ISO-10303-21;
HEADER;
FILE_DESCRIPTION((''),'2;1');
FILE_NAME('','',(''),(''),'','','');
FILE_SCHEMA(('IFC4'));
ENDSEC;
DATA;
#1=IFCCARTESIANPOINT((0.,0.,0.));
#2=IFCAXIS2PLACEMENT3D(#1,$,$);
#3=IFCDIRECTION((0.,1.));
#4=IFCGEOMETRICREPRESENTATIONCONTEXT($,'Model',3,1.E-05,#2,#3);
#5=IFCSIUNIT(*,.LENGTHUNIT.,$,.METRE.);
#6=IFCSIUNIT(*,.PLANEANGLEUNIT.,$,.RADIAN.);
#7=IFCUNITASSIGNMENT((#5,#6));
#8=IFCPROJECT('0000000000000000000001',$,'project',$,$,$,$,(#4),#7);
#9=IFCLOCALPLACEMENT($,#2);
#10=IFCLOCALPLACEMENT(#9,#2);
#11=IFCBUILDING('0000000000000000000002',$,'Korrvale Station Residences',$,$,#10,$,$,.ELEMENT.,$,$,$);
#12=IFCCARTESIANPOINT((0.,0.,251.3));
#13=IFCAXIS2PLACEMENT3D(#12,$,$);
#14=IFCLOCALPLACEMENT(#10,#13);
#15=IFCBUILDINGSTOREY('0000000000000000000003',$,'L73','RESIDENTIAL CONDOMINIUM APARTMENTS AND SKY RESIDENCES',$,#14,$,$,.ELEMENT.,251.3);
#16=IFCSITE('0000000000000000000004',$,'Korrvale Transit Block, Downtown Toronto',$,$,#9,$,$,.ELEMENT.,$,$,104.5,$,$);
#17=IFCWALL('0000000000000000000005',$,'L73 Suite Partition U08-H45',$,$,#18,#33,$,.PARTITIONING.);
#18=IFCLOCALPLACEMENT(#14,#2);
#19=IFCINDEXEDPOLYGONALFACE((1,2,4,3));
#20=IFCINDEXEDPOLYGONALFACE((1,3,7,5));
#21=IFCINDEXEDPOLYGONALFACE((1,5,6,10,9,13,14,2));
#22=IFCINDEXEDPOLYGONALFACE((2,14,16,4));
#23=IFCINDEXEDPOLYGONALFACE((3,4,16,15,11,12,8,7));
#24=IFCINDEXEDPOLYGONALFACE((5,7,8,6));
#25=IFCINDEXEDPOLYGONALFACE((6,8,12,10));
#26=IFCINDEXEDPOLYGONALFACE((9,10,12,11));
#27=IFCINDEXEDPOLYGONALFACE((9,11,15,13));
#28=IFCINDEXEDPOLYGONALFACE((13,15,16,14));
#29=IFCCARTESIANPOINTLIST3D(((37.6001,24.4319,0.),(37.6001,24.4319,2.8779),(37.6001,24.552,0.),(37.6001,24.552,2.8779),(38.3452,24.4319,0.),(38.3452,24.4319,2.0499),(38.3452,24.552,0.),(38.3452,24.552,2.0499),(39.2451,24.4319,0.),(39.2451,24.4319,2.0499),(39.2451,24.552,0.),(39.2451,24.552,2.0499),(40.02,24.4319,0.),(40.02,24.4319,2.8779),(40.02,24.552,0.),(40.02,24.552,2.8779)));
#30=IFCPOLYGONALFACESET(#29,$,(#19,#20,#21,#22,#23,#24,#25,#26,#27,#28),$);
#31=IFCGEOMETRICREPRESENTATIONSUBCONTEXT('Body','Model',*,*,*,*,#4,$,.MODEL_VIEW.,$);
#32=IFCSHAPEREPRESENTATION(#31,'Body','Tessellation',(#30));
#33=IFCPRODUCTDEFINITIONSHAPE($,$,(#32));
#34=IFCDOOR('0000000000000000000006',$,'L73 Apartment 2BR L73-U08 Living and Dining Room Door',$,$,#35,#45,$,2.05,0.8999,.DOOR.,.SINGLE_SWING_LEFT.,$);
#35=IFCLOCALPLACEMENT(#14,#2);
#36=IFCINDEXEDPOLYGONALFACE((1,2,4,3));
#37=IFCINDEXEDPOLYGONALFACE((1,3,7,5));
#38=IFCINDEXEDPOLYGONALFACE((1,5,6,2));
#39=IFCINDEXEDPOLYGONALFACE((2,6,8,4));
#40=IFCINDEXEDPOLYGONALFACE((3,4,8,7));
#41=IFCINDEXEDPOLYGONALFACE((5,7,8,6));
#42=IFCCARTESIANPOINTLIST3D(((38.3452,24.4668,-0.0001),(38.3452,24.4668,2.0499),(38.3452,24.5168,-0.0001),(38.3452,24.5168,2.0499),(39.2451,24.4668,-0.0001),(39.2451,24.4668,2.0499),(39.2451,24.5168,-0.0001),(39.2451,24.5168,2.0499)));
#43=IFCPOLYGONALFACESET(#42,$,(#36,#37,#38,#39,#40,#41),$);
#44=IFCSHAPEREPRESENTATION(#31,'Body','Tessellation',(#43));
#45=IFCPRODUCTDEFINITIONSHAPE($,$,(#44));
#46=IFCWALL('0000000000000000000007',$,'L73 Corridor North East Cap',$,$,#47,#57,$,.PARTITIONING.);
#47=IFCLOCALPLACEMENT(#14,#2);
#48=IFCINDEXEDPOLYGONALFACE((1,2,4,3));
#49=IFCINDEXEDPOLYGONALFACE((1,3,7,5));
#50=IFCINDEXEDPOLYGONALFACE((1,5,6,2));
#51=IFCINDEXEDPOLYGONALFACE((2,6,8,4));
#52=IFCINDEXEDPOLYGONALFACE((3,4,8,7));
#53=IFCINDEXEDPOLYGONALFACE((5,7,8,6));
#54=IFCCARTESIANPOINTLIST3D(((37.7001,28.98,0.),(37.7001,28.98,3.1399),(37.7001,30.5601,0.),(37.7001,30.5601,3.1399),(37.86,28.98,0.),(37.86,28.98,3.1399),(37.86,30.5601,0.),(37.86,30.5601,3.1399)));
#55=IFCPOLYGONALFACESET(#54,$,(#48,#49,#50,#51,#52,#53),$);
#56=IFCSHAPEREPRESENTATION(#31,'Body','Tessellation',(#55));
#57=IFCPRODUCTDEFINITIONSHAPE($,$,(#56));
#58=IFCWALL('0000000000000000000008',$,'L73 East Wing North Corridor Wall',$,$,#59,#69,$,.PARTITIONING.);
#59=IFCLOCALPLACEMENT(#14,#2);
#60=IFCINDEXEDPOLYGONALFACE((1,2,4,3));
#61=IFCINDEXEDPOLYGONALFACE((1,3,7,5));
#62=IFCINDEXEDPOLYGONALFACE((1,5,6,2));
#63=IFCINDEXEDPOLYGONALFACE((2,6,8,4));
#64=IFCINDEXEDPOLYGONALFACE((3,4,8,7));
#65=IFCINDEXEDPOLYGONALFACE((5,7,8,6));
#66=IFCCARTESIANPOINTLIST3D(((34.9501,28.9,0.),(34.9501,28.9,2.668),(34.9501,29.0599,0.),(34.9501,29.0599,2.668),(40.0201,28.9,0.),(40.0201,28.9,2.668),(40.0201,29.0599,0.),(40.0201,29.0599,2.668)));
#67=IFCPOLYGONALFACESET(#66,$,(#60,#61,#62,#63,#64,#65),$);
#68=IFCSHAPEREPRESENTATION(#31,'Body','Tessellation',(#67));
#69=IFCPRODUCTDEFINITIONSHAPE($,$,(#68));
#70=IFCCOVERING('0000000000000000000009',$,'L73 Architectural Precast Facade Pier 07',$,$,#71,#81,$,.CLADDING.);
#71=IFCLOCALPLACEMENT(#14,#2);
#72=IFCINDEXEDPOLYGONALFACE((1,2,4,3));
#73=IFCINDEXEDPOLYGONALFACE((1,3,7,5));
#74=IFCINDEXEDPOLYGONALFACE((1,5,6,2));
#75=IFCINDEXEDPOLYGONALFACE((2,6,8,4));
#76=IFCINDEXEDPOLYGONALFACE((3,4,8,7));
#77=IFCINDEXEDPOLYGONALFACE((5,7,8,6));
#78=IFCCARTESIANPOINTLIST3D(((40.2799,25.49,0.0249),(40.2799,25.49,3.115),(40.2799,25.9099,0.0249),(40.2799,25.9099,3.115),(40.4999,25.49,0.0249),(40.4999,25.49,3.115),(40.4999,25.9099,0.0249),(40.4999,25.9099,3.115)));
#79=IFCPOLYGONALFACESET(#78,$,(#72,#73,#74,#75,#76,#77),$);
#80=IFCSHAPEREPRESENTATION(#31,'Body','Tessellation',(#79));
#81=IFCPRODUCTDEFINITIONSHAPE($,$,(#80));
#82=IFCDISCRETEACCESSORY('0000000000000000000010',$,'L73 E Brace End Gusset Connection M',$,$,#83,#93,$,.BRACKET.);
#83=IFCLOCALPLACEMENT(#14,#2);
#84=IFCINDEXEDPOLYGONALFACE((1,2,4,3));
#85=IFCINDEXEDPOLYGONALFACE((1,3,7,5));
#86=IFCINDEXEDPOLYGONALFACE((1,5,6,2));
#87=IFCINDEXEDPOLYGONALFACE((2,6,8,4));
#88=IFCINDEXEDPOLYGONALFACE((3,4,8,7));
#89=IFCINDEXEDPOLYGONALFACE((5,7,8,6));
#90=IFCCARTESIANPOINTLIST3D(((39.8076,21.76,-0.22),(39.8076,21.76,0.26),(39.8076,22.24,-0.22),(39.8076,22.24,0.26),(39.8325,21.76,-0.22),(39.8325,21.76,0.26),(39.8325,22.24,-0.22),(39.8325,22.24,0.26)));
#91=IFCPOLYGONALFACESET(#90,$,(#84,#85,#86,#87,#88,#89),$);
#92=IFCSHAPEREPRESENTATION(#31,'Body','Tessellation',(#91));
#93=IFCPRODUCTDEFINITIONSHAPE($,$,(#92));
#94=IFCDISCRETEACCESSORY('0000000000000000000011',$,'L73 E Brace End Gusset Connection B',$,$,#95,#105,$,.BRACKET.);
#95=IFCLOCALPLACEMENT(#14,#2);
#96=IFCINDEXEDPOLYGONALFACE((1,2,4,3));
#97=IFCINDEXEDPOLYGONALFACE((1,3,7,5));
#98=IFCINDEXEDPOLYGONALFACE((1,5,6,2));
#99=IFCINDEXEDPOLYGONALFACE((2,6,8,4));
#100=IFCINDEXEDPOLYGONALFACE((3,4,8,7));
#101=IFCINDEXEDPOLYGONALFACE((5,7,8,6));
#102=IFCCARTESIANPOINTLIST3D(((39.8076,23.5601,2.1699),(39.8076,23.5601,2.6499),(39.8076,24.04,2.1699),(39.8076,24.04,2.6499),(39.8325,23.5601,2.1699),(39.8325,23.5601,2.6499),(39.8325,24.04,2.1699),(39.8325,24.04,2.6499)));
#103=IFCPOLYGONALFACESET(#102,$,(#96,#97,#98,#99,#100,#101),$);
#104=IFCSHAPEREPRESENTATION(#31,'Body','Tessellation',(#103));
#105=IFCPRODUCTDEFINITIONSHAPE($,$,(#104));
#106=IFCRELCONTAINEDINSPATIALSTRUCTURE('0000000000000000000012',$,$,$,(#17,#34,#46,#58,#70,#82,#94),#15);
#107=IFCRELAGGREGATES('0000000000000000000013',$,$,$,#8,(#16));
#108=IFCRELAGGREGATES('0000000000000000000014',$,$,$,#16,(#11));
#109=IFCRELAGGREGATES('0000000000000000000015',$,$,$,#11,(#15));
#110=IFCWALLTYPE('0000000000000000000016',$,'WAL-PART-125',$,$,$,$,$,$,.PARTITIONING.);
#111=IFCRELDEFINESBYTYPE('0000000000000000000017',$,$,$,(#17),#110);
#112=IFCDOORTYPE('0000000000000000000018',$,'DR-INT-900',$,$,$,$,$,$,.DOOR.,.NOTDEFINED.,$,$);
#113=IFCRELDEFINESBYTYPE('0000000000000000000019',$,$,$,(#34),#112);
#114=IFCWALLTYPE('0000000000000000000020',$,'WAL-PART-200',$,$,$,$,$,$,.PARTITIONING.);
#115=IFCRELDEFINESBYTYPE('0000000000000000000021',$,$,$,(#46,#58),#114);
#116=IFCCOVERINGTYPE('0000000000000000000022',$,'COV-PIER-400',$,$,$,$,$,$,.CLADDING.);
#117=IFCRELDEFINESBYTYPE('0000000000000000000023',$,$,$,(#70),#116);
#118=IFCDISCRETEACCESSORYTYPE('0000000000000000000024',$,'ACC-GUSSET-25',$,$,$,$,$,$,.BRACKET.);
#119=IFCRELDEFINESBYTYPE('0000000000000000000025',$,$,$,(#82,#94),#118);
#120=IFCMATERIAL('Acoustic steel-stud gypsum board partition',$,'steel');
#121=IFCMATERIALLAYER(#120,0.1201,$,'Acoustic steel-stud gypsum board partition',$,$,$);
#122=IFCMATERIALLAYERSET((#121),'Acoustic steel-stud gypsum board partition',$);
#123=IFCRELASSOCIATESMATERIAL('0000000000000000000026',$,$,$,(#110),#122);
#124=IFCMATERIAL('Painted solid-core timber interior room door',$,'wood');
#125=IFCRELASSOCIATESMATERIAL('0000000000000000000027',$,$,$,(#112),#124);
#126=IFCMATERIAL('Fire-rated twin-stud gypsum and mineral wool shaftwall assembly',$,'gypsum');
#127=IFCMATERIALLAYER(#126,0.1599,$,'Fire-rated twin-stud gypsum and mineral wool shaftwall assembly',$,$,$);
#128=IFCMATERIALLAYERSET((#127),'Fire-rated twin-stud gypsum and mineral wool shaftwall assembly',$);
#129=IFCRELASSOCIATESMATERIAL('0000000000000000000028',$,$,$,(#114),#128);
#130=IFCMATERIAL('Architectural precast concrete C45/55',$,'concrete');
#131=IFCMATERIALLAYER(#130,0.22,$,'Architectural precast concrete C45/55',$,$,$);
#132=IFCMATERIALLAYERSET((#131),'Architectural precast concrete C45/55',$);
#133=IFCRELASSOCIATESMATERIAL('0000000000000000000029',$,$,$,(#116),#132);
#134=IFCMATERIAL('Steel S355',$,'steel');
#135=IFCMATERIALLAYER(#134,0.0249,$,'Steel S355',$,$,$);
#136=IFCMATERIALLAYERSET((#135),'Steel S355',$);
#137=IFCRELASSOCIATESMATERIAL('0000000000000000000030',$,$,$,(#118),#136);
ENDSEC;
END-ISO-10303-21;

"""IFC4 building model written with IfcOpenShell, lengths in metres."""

from ifc_helpers import new_model, si_unit, direction, frame, frame_2d, origin, origin_2d, place, context, subcontext, project, spatial, rectangle, extrude, material, layer, layer_set, type_object, element, fill, save


model = new_model("IFC4")

# Units and contexts
model_context = context("Model", 3, precision=1e-05, world=origin(), true_north=direction((0.0, 1.0)))
body_context = subcontext(model_context, "Body", "Model", "MODEL_VIEW")
ifc_project = project(units=[si_unit("LENGTHUNIT", "METRE"), si_unit("PLANEANGLEUNIT", "RADIAN")], contexts=[model_context])

# Site, building, storey
site_placement = place(None, origin())
site = spatial("IfcSite", under=ifc_project, at=site_placement, Name="Korrvale Transit Block, Downtown Toronto", CompositionType="ELEMENT", RefElevation=104.5)
building_placement = place(site_placement, origin())
building = spatial("IfcBuilding", under=site, at=building_placement, Name="Korrvale Station Residences", CompositionType="ELEMENT")
storey_placement = place(building_placement, frame((0.0, 0.0, 251.3)))
storey = spatial("IfcBuildingStorey", under=building, at=storey_placement, Name="L73", Description="RESIDENTIAL CONDOMINIUM APARTMENTS AND SKY RESIDENCES", CompositionType="ELEMENT", Elevation=251.3)

# Shared definitions
ifc_material_1 = material(Name="Steel S355", Category="steel")

# Wall, opening, door
ifc_material_2 = material(Name="Acoustic steel-stud gypsum board partition", Category="steel")
ifc_layer_1 = layer(ifc_material_2, 0.1201, Name="Acoustic steel-stud gypsum board partition")
ifc_layer_set_1 = layer_set([ifc_layer_1], Name="Acoustic steel-stud gypsum board partition")
wall_type_1 = type_object("IfcWallType", Name="WAL-PART-125", PredefinedType="PARTITIONING", material=ifc_layer_set_1)
ifc_material_3 = material(Name="Painted solid-core timber interior room door", Category="wood")
door_type = type_object("IfcDoorType", Name="DR-INT-900", OperationType="NOTDEFINED", PredefinedType="DOOR", material=ifc_material_3)
wall_1_placement = place(storey_placement, frame((37.6001, 24.4919, 0.0), z_axis=(0.0, 0.0, 1.0), x_axis=(1.0, 0.0, 0.0)))
wall_1 = element("IfcWall", 1, at=wall_1_placement, inside=storey, type_object=wall_type_1, Name="L73 Suite Partition U08-H45", PredefinedType="PARTITIONING", context=body_context, shape_type="SweptSolid", body=[
    extrude(rectangle(XDim=2.4199, YDim=0.1201, at=frame_2d((1.21, 0.0))), origin(), (0.0, 0.0, 1.0), 2.8779),
])
opening_1_placement = place(wall_1_placement, frame((0.7451, 0.0, 0.0)))
opening_1 = element("IfcOpeningElement", 2, at=opening_1_placement, cuts=wall_1, PredefinedType="OPENING", context=body_context, shape_type="SweptSolid", body=[
    extrude(rectangle(XDim=0.8999, YDim=2.05, at=frame_2d((0.45, 1.0249))), frame((0.0, 0.0701, 0.0), z_axis=(0.0, -1.0, 0.0), x_axis=(1.0, 0.0, 0.0)), (0.0, 0.0, 1.0), 0.1401),
])
door_1_placement = place(opening_1_placement, origin())
door_1 = element("IfcDoor", 3, at=door_1_placement, inside=storey, type_object=door_type, Name="L73 Apartment 2BR L73-U08 Living and Dining Room Door", OperationType="SINGLE_SWING_LEFT", OverallHeight=2.05, OverallWidth=0.8999, PredefinedType="DOOR", context=body_context, shape_type="SweptSolid", body=[
    extrude(rectangle(XDim=0.8999, YDim=2.05, at=frame_2d((0.45, 1.0249))), frame((0.0, 0.0249, 0.0), z_axis=(0.0, -1.0, 0.0), x_axis=(1.0, 0.0, 0.0)), (0.0, 0.0, 1.0), 0.05),
])
fill(opening_1, door_1)

# Walls
ifc_material_4 = material(Name="Fire-rated twin-stud gypsum and mineral wool shaftwall assembly", Category="gypsum")
ifc_layer_2 = layer(ifc_material_4, 0.1599, Name="Fire-rated twin-stud gypsum and mineral wool shaftwall assembly")
ifc_layer_set_2 = layer_set([ifc_layer_2], Name="Fire-rated twin-stud gypsum and mineral wool shaftwall assembly")
wall_type_2 = type_object("IfcWallType", Name="WAL-PART-200", PredefinedType="PARTITIONING", material=ifc_layer_set_2)
wall_2_placement = place(storey_placement, frame((37.78, 28.98, 0.0), z_axis=(0.0, 0.0, 1.0), x_axis=(0.0, 1.0, 0.0)))
element("IfcWall", 4, at=wall_2_placement, inside=storey, type_object=wall_type_2, Name="L73 Corridor North East Cap", PredefinedType="PARTITIONING", context=body_context, shape_type="SweptSolid", body=[
    extrude(rectangle(XDim=1.5801, YDim=0.1599, at=frame_2d((0.79, 0.0))), origin(), (0.0, 0.0, 1.0), 3.1399),
])
wall_3_placement = place(storey_placement, frame((34.95, 28.98, 0.0), z_axis=(0.0, 0.0, 1.0), x_axis=(1.0, 0.0, 0.0)))
element("IfcWall", 5, at=wall_3_placement, inside=storey, type_object=wall_type_2, Name="L73 East Wing North Corridor Wall", PredefinedType="PARTITIONING", context=body_context, shape_type="SweptSolid", body=[
    extrude(rectangle(XDim=5.0701, YDim=0.1599, at=frame_2d((2.5352, 0.0))), origin(), (0.0, 0.0, 1.0), 2.668),
])

# Covering
ifc_material_5 = material(Name="Architectural precast concrete C45/55", Category="concrete")
ifc_layer_3 = layer(ifc_material_5, 0.22, Name="Architectural precast concrete C45/55")
ifc_layer_set_3 = layer_set([ifc_layer_3], Name="Architectural precast concrete C45/55")
covering_type = type_object("IfcCoveringType", Name="COV-PIER-400", PredefinedType="CLADDING", material=ifc_layer_set_3)
covering_placement = place(storey_placement, frame((40.3899, 25.7, 0.0249), z_axis=(0.0, 0.0, 1.0), x_axis=(0.0, 1.0, 0.0)))
element("IfcCovering", 6, at=covering_placement, inside=storey, type_object=covering_type, Name="L73 Architectural Precast Facade Pier 07", PredefinedType="CLADDING", context=body_context, shape_type="SweptSolid", body=[
    extrude(rectangle(XDim=0.4199, YDim=0.22, at=origin_2d()), origin(), (0.0, 0.0, 1.0), 3.0901),
])

# Discrete accessories
ifc_layer_4 = layer(ifc_material_1, 0.0249, Name="Steel S355")
ifc_layer_set_4 = layer_set([ifc_layer_4], Name="Steel S355")
discrete_accessory_type = type_object("IfcDiscreteAccessoryType", Name="ACC-GUSSET-25", PredefinedType="BRACKET", material=ifc_layer_set_4)
for number, where, z_axis, x_axis, name in (
    (7, (39.8201, 22.0, -0.22), (0.0, 0.0, 1.0), (0.0, 1.0, 0.0), "L73 E Brace End Gusset Connection M"),
    (8, (39.8201, 23.8, 2.1699), (0.0, 0.0, 1.0), (0.0, 1.0, 0.0), "L73 E Brace End Gusset Connection B"),
):
    element("IfcDiscreteAccessory", number, at=place(storey_placement, frame(where, z_axis=z_axis, x_axis=x_axis)), inside=storey, type_object=discrete_accessory_type, Name=name, PredefinedType="BRACKET", context=body_context, shape_type="SweptSolid", body=[
        extrude(rectangle(XDim=0.48, YDim=0.0249, at=origin_2d()), origin(), (0.0, 0.0, 1.0), 0.48),
    ])

save(model, "model.ifc")
